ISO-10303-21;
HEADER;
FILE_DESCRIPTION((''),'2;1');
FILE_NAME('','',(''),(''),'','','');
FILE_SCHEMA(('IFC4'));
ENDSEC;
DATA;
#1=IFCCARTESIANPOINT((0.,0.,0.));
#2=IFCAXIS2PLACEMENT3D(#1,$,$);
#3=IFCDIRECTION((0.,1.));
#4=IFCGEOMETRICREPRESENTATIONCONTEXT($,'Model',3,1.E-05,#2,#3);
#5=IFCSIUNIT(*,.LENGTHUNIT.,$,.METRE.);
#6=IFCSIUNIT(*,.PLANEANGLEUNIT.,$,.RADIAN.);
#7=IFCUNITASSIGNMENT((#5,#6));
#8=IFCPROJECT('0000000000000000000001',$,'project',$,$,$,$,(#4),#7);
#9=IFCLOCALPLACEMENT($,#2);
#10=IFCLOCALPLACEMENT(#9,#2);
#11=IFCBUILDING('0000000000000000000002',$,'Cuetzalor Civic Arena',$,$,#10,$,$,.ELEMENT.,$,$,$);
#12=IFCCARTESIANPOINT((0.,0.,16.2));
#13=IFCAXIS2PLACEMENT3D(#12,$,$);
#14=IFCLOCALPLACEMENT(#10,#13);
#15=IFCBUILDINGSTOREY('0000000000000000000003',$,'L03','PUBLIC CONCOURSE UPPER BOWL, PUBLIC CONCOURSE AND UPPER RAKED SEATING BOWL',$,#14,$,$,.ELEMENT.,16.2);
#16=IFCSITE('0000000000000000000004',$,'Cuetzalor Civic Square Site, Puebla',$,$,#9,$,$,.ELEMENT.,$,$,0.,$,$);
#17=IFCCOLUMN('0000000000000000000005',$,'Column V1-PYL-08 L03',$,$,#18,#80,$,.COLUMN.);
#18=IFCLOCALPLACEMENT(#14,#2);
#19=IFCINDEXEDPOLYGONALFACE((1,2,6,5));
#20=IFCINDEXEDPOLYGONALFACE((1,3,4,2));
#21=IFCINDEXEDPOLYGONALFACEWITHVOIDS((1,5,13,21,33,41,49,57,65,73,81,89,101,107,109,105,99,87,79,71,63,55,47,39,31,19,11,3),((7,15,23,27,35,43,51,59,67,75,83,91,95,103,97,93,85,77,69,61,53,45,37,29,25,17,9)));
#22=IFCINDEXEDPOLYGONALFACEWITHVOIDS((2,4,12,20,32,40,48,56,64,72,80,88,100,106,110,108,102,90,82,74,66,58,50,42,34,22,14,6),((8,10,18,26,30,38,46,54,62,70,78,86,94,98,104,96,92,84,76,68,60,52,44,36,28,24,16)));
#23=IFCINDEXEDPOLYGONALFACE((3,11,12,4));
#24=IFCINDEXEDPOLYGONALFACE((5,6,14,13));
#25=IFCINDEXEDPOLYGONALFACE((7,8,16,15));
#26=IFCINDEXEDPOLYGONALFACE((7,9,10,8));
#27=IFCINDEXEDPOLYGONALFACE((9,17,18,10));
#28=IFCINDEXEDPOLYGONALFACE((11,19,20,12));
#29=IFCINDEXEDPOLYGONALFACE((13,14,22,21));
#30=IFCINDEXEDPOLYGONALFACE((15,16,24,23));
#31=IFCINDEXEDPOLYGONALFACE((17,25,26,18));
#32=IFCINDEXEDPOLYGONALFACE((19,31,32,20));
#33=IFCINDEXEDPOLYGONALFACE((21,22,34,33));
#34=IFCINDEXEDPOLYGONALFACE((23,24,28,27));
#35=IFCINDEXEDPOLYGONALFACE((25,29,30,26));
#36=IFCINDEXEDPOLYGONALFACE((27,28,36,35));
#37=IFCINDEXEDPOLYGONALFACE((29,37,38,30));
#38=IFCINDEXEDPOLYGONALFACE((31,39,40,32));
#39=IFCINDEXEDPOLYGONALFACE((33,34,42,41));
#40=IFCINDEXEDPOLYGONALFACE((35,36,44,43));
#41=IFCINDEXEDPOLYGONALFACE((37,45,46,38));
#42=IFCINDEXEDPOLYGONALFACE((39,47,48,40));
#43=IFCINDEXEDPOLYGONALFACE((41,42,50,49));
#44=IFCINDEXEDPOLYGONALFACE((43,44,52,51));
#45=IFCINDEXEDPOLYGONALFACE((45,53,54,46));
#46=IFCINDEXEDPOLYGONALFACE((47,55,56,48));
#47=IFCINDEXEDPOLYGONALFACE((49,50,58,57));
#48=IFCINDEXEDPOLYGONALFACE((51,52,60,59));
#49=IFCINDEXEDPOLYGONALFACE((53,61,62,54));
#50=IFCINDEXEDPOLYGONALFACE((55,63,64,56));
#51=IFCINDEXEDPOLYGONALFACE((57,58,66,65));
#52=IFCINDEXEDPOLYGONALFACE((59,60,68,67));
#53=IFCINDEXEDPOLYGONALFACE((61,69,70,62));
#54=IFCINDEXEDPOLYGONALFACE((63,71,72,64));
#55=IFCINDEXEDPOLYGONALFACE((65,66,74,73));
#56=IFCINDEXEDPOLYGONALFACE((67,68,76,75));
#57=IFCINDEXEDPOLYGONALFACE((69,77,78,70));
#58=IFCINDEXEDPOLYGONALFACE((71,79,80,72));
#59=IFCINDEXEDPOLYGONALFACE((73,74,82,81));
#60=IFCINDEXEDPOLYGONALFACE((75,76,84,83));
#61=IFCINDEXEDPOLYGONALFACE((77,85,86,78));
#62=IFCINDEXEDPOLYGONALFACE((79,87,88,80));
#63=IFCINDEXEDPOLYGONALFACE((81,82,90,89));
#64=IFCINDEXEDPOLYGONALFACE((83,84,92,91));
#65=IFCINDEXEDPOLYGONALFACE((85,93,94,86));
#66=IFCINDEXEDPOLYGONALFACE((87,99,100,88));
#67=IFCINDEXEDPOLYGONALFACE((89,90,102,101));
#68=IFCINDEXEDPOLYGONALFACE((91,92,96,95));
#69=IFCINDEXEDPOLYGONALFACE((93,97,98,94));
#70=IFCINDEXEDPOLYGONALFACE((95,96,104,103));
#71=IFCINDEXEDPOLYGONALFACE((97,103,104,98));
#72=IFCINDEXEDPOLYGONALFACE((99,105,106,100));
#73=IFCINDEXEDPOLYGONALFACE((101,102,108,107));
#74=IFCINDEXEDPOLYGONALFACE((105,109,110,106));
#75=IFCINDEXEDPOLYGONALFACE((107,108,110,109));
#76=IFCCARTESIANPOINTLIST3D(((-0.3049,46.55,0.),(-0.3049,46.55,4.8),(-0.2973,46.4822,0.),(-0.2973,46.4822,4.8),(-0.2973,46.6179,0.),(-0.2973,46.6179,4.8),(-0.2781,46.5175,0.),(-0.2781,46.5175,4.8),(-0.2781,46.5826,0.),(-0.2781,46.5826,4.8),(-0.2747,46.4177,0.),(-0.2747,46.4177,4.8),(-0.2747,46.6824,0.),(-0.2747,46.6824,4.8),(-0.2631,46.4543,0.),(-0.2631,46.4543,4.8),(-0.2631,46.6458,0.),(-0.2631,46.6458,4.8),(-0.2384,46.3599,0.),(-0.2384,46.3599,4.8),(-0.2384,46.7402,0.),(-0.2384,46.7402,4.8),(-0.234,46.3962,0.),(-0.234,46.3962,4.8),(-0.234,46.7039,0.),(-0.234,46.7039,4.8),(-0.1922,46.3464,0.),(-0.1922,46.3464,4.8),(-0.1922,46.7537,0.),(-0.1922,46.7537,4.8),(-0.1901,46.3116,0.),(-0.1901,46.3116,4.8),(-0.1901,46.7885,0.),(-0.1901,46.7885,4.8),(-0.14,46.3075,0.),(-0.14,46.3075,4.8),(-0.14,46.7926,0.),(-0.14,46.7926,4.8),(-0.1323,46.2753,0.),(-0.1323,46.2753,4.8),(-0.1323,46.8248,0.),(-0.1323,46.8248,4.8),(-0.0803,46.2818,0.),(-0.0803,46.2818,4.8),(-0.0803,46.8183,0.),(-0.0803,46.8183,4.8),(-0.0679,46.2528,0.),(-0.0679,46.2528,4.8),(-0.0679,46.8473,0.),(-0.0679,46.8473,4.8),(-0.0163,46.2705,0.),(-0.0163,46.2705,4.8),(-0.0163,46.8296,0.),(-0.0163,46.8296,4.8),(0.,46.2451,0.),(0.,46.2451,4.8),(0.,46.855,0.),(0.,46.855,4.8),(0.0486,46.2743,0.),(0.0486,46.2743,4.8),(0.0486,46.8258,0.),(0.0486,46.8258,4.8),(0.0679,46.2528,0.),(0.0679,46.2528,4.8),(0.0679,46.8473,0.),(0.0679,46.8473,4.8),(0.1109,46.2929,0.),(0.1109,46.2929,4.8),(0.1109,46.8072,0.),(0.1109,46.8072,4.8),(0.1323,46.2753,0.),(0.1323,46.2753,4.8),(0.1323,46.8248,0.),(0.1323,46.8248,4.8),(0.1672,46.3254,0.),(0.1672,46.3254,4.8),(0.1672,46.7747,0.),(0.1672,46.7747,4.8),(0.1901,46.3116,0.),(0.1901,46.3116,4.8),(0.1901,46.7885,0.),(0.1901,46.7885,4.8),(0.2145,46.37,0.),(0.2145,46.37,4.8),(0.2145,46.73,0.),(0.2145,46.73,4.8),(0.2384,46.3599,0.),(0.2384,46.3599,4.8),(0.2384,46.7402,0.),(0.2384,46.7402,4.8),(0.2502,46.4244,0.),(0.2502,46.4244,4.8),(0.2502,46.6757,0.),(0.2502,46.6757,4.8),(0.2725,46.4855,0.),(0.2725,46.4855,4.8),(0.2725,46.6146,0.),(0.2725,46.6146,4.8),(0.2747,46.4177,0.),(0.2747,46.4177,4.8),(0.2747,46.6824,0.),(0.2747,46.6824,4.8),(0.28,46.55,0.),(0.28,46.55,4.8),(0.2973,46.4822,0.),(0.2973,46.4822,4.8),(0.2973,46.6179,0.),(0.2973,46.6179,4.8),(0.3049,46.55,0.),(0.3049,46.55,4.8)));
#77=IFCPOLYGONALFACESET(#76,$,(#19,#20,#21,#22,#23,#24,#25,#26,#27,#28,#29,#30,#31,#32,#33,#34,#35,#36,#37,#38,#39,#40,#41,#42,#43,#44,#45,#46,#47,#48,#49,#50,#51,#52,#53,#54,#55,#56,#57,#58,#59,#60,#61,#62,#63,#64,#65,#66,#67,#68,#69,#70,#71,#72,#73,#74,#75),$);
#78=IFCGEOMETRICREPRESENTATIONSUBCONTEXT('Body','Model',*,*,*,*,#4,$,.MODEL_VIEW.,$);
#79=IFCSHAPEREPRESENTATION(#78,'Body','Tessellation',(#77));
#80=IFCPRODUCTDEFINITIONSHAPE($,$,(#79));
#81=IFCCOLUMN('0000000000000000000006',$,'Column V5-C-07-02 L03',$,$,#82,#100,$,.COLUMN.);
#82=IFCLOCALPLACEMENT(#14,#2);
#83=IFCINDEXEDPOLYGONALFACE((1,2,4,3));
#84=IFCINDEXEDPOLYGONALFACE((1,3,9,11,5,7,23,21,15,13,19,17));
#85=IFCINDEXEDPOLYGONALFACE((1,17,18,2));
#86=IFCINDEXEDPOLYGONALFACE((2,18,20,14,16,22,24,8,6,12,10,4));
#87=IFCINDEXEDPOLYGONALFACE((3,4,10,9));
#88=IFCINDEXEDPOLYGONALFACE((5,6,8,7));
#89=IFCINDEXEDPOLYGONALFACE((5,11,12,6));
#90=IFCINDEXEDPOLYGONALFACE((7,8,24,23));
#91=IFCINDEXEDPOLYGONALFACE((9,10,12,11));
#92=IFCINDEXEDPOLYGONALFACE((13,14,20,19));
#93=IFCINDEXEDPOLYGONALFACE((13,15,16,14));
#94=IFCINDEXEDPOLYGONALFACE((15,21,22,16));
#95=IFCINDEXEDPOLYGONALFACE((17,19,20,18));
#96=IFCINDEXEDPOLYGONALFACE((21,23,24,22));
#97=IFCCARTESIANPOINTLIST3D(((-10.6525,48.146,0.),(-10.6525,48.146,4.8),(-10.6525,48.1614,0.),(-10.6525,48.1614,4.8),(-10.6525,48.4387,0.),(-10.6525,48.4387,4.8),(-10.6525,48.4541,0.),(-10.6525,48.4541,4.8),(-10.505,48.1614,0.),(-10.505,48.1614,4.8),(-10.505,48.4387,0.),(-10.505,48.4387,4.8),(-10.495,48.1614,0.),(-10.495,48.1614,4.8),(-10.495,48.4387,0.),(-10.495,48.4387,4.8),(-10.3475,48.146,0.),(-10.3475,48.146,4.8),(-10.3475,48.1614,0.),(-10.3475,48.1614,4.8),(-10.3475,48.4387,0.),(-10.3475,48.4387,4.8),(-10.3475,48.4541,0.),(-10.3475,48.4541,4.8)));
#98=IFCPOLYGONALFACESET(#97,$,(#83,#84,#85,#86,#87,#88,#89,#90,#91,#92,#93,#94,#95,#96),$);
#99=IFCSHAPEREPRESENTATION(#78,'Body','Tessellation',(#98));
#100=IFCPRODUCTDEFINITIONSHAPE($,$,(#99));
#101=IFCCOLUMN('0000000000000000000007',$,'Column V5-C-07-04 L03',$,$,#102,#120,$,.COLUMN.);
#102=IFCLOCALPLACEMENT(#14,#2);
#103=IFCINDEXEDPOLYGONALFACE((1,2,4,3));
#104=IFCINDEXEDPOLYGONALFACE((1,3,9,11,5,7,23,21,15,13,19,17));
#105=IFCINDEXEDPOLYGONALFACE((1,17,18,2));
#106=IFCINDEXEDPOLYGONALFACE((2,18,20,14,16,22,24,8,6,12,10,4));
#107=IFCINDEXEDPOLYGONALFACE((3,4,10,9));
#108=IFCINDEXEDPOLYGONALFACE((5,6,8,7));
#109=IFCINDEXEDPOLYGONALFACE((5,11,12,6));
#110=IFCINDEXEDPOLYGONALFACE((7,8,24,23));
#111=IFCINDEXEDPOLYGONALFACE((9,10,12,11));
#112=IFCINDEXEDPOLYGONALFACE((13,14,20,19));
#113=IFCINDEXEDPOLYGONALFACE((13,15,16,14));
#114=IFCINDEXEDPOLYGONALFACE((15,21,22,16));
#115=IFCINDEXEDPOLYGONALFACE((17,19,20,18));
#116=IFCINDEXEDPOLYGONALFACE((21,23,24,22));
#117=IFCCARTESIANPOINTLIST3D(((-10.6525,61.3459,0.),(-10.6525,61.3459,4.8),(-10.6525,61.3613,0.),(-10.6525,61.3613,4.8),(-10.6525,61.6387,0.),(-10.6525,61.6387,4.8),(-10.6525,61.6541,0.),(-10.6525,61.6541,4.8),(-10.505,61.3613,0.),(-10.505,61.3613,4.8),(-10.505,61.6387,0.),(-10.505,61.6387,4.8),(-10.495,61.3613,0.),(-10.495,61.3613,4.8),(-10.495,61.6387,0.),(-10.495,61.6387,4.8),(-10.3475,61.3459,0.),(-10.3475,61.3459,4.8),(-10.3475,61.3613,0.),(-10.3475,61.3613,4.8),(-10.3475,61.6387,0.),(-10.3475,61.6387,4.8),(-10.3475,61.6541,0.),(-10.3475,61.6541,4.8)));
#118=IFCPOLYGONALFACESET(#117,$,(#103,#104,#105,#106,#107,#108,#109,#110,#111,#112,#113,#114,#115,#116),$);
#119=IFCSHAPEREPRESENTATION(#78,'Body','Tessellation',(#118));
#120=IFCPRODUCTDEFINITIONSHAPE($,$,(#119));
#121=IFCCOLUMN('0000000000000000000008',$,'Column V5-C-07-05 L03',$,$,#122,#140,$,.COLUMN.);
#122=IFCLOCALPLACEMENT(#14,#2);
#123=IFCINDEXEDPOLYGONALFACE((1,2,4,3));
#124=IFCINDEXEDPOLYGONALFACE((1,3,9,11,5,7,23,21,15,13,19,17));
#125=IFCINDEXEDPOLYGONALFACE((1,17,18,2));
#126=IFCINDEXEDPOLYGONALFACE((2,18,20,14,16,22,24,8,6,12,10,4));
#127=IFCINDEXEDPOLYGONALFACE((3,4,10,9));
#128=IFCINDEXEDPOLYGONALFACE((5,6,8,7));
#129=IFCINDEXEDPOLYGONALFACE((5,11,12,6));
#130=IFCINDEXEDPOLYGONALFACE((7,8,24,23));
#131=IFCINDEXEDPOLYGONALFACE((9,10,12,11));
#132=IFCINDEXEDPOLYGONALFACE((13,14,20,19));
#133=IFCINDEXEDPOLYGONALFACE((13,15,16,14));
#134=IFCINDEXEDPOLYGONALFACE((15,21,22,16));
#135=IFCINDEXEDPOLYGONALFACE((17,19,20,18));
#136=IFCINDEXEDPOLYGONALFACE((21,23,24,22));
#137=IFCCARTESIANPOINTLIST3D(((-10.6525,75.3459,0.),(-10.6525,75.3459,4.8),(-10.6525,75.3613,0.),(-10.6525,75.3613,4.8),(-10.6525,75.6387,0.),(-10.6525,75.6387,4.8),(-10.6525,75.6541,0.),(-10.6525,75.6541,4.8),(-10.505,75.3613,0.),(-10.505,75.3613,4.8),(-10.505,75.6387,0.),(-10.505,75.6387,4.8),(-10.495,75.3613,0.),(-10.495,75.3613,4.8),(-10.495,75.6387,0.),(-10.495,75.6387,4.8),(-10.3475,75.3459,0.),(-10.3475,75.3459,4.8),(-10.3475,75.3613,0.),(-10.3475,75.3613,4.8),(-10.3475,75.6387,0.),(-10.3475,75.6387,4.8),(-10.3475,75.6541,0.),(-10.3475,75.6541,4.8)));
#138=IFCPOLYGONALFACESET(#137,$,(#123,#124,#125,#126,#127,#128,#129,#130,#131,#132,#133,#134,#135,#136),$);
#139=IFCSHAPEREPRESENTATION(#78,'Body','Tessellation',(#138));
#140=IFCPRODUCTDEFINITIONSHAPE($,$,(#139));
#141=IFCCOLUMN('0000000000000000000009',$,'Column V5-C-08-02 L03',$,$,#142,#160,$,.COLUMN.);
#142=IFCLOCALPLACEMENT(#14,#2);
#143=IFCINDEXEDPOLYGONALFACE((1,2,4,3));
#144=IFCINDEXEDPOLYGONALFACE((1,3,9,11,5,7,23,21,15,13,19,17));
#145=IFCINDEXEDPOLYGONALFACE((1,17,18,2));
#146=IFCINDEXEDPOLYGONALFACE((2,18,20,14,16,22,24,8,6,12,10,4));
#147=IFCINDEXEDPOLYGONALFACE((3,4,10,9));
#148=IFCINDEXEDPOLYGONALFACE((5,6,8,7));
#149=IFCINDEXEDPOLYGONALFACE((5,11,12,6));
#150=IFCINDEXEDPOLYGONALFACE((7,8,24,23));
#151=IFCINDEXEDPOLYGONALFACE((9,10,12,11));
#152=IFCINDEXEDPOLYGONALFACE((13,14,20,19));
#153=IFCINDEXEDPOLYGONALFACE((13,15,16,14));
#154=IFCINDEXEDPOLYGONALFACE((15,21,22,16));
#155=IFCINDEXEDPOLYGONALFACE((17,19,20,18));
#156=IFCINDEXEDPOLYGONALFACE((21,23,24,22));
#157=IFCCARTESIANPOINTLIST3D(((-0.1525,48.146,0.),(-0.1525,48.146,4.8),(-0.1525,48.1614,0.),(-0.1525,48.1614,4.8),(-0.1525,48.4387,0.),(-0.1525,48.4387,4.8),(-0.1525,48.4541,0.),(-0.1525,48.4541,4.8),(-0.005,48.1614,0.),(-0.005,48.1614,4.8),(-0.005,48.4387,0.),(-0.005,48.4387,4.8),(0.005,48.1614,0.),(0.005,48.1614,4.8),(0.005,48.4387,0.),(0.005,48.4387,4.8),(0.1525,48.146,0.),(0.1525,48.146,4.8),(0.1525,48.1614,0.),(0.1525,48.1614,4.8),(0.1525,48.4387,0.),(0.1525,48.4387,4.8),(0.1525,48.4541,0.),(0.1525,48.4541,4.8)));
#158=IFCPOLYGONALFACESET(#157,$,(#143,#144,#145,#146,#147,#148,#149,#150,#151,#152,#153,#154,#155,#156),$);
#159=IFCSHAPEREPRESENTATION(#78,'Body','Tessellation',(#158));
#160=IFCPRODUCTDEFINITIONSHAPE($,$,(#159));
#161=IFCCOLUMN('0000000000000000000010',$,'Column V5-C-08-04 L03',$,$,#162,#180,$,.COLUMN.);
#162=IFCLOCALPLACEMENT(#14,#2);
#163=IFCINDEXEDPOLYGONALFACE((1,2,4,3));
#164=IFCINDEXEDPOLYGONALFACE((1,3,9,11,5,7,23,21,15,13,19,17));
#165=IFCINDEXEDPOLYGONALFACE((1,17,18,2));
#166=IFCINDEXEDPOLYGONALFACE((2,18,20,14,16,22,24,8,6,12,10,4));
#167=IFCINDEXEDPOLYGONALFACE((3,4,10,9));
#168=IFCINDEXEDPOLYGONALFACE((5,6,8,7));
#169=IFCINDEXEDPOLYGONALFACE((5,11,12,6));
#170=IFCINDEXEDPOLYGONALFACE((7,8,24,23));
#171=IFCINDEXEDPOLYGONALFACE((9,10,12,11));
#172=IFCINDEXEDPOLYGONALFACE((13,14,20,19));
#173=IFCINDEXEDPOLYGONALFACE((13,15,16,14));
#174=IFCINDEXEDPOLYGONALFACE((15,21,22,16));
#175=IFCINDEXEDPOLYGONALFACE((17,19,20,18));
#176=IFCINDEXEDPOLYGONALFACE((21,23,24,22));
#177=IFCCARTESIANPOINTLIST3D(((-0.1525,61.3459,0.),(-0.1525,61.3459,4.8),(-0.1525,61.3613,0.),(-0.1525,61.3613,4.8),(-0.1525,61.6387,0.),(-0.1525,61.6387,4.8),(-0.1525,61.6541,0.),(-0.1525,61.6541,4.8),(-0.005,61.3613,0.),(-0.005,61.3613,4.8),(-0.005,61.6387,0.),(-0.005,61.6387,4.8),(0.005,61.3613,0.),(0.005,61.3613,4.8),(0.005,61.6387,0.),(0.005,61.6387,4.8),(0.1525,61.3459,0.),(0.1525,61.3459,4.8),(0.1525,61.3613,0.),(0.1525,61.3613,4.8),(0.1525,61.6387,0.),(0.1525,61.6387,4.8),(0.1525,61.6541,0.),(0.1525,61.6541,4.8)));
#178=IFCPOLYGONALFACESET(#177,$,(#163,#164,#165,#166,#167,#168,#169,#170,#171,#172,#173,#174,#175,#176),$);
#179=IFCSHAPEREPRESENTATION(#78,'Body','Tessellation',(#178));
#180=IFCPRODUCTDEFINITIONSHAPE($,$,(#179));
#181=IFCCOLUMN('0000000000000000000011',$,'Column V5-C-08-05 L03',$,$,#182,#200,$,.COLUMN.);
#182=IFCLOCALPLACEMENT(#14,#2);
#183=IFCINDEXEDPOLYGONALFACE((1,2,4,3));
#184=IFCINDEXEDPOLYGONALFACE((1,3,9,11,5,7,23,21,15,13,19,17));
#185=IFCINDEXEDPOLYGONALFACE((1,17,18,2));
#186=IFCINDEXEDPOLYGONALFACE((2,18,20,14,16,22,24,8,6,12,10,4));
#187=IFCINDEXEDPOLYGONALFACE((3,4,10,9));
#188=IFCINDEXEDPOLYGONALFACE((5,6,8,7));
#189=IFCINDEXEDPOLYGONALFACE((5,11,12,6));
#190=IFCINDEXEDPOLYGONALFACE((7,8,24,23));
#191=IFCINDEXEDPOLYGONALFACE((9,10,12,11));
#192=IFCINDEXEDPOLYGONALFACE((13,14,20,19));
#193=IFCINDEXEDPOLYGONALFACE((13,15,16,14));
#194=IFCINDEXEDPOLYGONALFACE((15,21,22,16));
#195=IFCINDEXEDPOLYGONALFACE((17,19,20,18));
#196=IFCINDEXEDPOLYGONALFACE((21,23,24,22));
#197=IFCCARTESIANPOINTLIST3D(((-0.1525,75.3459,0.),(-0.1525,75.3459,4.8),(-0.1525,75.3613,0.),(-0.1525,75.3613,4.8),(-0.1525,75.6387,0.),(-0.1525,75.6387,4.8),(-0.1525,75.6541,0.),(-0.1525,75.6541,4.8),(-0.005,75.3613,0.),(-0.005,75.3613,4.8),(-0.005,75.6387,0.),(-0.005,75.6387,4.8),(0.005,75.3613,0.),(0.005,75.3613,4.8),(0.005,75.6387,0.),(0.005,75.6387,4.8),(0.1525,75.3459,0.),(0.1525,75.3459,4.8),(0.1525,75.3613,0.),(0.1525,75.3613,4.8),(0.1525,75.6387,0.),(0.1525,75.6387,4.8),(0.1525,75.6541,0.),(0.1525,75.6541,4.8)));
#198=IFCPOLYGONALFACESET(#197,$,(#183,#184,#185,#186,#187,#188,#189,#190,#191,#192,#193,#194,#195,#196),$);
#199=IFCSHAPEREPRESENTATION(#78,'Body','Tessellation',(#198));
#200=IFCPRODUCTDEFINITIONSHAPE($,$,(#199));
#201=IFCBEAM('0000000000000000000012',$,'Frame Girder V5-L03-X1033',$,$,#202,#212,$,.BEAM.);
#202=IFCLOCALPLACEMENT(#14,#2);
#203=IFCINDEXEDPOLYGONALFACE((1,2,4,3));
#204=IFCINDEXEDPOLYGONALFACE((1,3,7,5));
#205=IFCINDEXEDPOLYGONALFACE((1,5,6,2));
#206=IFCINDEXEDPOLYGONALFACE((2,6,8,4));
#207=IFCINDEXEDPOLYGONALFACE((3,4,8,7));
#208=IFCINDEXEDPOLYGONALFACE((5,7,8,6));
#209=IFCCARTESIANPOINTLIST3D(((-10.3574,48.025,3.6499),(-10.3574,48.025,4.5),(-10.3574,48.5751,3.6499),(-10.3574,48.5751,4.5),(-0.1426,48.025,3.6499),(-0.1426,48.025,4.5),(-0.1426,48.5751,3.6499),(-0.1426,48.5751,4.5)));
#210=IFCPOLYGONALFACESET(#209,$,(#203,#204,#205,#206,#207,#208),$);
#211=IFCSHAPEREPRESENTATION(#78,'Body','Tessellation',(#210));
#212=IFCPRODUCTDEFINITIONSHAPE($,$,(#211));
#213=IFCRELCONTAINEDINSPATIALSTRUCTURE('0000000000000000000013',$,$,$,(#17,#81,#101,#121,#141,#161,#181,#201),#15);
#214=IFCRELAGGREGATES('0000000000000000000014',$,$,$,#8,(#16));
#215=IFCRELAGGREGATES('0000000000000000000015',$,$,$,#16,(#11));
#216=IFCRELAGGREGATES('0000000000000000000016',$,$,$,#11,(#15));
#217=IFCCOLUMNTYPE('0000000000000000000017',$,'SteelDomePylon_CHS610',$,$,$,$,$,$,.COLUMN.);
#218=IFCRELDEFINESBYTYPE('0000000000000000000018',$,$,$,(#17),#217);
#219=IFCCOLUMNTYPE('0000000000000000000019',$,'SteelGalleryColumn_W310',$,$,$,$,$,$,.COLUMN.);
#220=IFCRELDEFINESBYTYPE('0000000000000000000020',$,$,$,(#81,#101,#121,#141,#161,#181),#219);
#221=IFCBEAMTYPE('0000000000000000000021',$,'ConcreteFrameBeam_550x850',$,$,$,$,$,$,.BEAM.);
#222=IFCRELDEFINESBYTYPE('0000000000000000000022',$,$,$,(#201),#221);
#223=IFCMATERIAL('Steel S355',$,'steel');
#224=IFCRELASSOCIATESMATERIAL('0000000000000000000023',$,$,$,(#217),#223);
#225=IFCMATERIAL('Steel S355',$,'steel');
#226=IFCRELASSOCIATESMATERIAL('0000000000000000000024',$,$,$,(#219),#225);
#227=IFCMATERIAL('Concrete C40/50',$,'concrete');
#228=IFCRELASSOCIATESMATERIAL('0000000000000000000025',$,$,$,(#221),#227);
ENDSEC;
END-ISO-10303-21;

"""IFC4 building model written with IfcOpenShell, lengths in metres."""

from ifc_helpers import new_model, si_unit, direction, frame, origin, origin_2d, place, context, subcontext, project, spatial, rectangle, hollow_circle, i_section, extrude, material, material_profile, profile_set, type_object, element, save


model = new_model("IFC4")

# Units and contexts
model_context = context("Model", 3, precision=1e-05, world=origin(), true_north=direction((0.0, 1.0)))
body_context = subcontext(model_context, "Body", "Model", "MODEL_VIEW")
ifc_project = project(units=[si_unit("LENGTHUNIT", "METRE"), si_unit("PLANEANGLEUNIT", "RADIAN")], contexts=[model_context])

# Site, building, storey
site_placement = place(None, origin())
site = spatial("IfcSite", under=ifc_project, at=site_placement, Name="Cuetzalor Civic Square Site, Puebla", CompositionType="ELEMENT", RefElevation=0.0)
building_placement = place(site_placement, origin())
building = spatial("IfcBuilding", under=site, at=building_placement, Name="Cuetzalor Civic Arena", CompositionType="ELEMENT")
storey_placement = place(building_placement, frame((0.0, 0.0, 16.2)))
storey = spatial("IfcBuildingStorey", under=building, at=storey_placement, Name="L03", Description="PUBLIC CONCOURSE UPPER BOWL, PUBLIC CONCOURSE AND UPPER RAKED SEATING BOWL", CompositionType="ELEMENT", Elevation=16.2)

# Columns
ifc_material_1 = material(Name="Steel S355", Category="steel")
ifc_material_profile_1 = material_profile(ifc_material_1, hollow_circle(Radius=0.3049, WallThickness=0.0249, at=origin_2d()), Name="CHS 610x25")
ifc_profile_set_1 = profile_set([ifc_material_profile_1], Name="Steel S355")
column_type_1 = type_object("IfcColumnType", Name="SteelDomePylon_CHS610", PredefinedType="COLUMN", material=ifc_profile_set_1)
column_placement = place(storey_placement, frame((0.0, 46.55, 0.0), z_axis=(0.0, 0.0, 1.0), x_axis=(1.0, 0.0, 0.0)))
element("IfcColumn", 1, at=column_placement, inside=storey, type_object=column_type_1, Name="Column V1-PYL-08 L03", PredefinedType="COLUMN", context=body_context, shape_type="SweptSolid", body=[
    extrude(hollow_circle(Radius=0.3049, WallThickness=0.0249, at=origin_2d()), origin(), (0.0, 0.0, 1.0), 4.8),
])
ifc_material_2 = material(Name="Steel S355", Category="steel")
ifc_material_profile_2 = material_profile(ifc_material_2, i_section(OverallWidth=0.3049, OverallDepth=0.3081, WebThickness=0.01, FlangeThickness=0.0154, at=origin_2d()), Name="W310x97")
ifc_profile_set_2 = profile_set([ifc_material_profile_2], Name="Steel S355")
column_type_2 = type_object("IfcColumnType", Name="SteelGalleryColumn_W310", PredefinedType="COLUMN", material=ifc_profile_set_2)
for number, where, z_axis, x_axis, name in (
    (2, (-10.5, 48.3, 0.0), (0.0, 0.0, 1.0), (1.0, 0.0, 0.0), "Column V5-C-07-02 L03"),
    (3, (-10.5, 61.5, 0.0), (0.0, 0.0, 1.0), (1.0, 0.0, 0.0), "Column V5-C-07-04 L03"),
    (4, (-10.5, 75.5, 0.0), (0.0, 0.0, 1.0), (1.0, 0.0, 0.0), "Column V5-C-07-05 L03"),
    (5, (0.0, 48.3, 0.0), (0.0, 0.0, 1.0), (1.0, 0.0, 0.0), "Column V5-C-08-02 L03"),
    (6, (0.0, 61.5, 0.0), (0.0, 0.0, 1.0), (1.0, 0.0, 0.0), "Column V5-C-08-04 L03"),
    (7, (0.0, 75.5, 0.0), (0.0, 0.0, 1.0), (1.0, 0.0, 0.0), "Column V5-C-08-05 L03"),
):
    element("IfcColumn", number, at=place(storey_placement, frame(where, z_axis=z_axis, x_axis=x_axis)), inside=storey, type_object=column_type_2, Name=name, PredefinedType="COLUMN", context=body_context, shape_type="SweptSolid", body=[
        extrude(i_section(OverallWidth=0.3049, OverallDepth=0.3081, WebThickness=0.01, FlangeThickness=0.0154, at=origin_2d()), origin(), (0.0, 0.0, 1.0), 4.8),
    ])

# Beam
ifc_material_3 = material(Name="Concrete C40/50", Category="concrete")
ifc_material_profile_3 = material_profile(ifc_material_3, rectangle(XDim=0.55, YDim=0.8501, at=origin_2d()), Name="RC 550x850")
ifc_profile_set_3 = profile_set([ifc_material_profile_3], Name="Concrete C40/50")
beam_type_1 = type_object("IfcBeamType", Name="ConcreteFrameBeam_550x850", PredefinedType="BEAM", material=ifc_profile_set_3)
for number, where, z_axis, x_axis, name in (
    (8, (-10.3574, 48.3, 4.075), (1.0, 0.0, 0.0), (0.0, 1.0, 0.0), "Frame Girder V5-L03-X1033"),
):
    element("IfcBeam", number, at=place(storey_placement, frame(where, z_axis=z_axis, x_axis=x_axis)), inside=storey, type_object=beam_type_1, Name=name, PredefinedType="BEAM", context=body_context, shape_type="SweptSolid", body=[
        extrude(rectangle(XDim=0.55, YDim=0.8501, at=origin_2d()), origin(), (0.0, 0.0, 1.0), 10.2148),
    ])

save(model, "model.ifc")
